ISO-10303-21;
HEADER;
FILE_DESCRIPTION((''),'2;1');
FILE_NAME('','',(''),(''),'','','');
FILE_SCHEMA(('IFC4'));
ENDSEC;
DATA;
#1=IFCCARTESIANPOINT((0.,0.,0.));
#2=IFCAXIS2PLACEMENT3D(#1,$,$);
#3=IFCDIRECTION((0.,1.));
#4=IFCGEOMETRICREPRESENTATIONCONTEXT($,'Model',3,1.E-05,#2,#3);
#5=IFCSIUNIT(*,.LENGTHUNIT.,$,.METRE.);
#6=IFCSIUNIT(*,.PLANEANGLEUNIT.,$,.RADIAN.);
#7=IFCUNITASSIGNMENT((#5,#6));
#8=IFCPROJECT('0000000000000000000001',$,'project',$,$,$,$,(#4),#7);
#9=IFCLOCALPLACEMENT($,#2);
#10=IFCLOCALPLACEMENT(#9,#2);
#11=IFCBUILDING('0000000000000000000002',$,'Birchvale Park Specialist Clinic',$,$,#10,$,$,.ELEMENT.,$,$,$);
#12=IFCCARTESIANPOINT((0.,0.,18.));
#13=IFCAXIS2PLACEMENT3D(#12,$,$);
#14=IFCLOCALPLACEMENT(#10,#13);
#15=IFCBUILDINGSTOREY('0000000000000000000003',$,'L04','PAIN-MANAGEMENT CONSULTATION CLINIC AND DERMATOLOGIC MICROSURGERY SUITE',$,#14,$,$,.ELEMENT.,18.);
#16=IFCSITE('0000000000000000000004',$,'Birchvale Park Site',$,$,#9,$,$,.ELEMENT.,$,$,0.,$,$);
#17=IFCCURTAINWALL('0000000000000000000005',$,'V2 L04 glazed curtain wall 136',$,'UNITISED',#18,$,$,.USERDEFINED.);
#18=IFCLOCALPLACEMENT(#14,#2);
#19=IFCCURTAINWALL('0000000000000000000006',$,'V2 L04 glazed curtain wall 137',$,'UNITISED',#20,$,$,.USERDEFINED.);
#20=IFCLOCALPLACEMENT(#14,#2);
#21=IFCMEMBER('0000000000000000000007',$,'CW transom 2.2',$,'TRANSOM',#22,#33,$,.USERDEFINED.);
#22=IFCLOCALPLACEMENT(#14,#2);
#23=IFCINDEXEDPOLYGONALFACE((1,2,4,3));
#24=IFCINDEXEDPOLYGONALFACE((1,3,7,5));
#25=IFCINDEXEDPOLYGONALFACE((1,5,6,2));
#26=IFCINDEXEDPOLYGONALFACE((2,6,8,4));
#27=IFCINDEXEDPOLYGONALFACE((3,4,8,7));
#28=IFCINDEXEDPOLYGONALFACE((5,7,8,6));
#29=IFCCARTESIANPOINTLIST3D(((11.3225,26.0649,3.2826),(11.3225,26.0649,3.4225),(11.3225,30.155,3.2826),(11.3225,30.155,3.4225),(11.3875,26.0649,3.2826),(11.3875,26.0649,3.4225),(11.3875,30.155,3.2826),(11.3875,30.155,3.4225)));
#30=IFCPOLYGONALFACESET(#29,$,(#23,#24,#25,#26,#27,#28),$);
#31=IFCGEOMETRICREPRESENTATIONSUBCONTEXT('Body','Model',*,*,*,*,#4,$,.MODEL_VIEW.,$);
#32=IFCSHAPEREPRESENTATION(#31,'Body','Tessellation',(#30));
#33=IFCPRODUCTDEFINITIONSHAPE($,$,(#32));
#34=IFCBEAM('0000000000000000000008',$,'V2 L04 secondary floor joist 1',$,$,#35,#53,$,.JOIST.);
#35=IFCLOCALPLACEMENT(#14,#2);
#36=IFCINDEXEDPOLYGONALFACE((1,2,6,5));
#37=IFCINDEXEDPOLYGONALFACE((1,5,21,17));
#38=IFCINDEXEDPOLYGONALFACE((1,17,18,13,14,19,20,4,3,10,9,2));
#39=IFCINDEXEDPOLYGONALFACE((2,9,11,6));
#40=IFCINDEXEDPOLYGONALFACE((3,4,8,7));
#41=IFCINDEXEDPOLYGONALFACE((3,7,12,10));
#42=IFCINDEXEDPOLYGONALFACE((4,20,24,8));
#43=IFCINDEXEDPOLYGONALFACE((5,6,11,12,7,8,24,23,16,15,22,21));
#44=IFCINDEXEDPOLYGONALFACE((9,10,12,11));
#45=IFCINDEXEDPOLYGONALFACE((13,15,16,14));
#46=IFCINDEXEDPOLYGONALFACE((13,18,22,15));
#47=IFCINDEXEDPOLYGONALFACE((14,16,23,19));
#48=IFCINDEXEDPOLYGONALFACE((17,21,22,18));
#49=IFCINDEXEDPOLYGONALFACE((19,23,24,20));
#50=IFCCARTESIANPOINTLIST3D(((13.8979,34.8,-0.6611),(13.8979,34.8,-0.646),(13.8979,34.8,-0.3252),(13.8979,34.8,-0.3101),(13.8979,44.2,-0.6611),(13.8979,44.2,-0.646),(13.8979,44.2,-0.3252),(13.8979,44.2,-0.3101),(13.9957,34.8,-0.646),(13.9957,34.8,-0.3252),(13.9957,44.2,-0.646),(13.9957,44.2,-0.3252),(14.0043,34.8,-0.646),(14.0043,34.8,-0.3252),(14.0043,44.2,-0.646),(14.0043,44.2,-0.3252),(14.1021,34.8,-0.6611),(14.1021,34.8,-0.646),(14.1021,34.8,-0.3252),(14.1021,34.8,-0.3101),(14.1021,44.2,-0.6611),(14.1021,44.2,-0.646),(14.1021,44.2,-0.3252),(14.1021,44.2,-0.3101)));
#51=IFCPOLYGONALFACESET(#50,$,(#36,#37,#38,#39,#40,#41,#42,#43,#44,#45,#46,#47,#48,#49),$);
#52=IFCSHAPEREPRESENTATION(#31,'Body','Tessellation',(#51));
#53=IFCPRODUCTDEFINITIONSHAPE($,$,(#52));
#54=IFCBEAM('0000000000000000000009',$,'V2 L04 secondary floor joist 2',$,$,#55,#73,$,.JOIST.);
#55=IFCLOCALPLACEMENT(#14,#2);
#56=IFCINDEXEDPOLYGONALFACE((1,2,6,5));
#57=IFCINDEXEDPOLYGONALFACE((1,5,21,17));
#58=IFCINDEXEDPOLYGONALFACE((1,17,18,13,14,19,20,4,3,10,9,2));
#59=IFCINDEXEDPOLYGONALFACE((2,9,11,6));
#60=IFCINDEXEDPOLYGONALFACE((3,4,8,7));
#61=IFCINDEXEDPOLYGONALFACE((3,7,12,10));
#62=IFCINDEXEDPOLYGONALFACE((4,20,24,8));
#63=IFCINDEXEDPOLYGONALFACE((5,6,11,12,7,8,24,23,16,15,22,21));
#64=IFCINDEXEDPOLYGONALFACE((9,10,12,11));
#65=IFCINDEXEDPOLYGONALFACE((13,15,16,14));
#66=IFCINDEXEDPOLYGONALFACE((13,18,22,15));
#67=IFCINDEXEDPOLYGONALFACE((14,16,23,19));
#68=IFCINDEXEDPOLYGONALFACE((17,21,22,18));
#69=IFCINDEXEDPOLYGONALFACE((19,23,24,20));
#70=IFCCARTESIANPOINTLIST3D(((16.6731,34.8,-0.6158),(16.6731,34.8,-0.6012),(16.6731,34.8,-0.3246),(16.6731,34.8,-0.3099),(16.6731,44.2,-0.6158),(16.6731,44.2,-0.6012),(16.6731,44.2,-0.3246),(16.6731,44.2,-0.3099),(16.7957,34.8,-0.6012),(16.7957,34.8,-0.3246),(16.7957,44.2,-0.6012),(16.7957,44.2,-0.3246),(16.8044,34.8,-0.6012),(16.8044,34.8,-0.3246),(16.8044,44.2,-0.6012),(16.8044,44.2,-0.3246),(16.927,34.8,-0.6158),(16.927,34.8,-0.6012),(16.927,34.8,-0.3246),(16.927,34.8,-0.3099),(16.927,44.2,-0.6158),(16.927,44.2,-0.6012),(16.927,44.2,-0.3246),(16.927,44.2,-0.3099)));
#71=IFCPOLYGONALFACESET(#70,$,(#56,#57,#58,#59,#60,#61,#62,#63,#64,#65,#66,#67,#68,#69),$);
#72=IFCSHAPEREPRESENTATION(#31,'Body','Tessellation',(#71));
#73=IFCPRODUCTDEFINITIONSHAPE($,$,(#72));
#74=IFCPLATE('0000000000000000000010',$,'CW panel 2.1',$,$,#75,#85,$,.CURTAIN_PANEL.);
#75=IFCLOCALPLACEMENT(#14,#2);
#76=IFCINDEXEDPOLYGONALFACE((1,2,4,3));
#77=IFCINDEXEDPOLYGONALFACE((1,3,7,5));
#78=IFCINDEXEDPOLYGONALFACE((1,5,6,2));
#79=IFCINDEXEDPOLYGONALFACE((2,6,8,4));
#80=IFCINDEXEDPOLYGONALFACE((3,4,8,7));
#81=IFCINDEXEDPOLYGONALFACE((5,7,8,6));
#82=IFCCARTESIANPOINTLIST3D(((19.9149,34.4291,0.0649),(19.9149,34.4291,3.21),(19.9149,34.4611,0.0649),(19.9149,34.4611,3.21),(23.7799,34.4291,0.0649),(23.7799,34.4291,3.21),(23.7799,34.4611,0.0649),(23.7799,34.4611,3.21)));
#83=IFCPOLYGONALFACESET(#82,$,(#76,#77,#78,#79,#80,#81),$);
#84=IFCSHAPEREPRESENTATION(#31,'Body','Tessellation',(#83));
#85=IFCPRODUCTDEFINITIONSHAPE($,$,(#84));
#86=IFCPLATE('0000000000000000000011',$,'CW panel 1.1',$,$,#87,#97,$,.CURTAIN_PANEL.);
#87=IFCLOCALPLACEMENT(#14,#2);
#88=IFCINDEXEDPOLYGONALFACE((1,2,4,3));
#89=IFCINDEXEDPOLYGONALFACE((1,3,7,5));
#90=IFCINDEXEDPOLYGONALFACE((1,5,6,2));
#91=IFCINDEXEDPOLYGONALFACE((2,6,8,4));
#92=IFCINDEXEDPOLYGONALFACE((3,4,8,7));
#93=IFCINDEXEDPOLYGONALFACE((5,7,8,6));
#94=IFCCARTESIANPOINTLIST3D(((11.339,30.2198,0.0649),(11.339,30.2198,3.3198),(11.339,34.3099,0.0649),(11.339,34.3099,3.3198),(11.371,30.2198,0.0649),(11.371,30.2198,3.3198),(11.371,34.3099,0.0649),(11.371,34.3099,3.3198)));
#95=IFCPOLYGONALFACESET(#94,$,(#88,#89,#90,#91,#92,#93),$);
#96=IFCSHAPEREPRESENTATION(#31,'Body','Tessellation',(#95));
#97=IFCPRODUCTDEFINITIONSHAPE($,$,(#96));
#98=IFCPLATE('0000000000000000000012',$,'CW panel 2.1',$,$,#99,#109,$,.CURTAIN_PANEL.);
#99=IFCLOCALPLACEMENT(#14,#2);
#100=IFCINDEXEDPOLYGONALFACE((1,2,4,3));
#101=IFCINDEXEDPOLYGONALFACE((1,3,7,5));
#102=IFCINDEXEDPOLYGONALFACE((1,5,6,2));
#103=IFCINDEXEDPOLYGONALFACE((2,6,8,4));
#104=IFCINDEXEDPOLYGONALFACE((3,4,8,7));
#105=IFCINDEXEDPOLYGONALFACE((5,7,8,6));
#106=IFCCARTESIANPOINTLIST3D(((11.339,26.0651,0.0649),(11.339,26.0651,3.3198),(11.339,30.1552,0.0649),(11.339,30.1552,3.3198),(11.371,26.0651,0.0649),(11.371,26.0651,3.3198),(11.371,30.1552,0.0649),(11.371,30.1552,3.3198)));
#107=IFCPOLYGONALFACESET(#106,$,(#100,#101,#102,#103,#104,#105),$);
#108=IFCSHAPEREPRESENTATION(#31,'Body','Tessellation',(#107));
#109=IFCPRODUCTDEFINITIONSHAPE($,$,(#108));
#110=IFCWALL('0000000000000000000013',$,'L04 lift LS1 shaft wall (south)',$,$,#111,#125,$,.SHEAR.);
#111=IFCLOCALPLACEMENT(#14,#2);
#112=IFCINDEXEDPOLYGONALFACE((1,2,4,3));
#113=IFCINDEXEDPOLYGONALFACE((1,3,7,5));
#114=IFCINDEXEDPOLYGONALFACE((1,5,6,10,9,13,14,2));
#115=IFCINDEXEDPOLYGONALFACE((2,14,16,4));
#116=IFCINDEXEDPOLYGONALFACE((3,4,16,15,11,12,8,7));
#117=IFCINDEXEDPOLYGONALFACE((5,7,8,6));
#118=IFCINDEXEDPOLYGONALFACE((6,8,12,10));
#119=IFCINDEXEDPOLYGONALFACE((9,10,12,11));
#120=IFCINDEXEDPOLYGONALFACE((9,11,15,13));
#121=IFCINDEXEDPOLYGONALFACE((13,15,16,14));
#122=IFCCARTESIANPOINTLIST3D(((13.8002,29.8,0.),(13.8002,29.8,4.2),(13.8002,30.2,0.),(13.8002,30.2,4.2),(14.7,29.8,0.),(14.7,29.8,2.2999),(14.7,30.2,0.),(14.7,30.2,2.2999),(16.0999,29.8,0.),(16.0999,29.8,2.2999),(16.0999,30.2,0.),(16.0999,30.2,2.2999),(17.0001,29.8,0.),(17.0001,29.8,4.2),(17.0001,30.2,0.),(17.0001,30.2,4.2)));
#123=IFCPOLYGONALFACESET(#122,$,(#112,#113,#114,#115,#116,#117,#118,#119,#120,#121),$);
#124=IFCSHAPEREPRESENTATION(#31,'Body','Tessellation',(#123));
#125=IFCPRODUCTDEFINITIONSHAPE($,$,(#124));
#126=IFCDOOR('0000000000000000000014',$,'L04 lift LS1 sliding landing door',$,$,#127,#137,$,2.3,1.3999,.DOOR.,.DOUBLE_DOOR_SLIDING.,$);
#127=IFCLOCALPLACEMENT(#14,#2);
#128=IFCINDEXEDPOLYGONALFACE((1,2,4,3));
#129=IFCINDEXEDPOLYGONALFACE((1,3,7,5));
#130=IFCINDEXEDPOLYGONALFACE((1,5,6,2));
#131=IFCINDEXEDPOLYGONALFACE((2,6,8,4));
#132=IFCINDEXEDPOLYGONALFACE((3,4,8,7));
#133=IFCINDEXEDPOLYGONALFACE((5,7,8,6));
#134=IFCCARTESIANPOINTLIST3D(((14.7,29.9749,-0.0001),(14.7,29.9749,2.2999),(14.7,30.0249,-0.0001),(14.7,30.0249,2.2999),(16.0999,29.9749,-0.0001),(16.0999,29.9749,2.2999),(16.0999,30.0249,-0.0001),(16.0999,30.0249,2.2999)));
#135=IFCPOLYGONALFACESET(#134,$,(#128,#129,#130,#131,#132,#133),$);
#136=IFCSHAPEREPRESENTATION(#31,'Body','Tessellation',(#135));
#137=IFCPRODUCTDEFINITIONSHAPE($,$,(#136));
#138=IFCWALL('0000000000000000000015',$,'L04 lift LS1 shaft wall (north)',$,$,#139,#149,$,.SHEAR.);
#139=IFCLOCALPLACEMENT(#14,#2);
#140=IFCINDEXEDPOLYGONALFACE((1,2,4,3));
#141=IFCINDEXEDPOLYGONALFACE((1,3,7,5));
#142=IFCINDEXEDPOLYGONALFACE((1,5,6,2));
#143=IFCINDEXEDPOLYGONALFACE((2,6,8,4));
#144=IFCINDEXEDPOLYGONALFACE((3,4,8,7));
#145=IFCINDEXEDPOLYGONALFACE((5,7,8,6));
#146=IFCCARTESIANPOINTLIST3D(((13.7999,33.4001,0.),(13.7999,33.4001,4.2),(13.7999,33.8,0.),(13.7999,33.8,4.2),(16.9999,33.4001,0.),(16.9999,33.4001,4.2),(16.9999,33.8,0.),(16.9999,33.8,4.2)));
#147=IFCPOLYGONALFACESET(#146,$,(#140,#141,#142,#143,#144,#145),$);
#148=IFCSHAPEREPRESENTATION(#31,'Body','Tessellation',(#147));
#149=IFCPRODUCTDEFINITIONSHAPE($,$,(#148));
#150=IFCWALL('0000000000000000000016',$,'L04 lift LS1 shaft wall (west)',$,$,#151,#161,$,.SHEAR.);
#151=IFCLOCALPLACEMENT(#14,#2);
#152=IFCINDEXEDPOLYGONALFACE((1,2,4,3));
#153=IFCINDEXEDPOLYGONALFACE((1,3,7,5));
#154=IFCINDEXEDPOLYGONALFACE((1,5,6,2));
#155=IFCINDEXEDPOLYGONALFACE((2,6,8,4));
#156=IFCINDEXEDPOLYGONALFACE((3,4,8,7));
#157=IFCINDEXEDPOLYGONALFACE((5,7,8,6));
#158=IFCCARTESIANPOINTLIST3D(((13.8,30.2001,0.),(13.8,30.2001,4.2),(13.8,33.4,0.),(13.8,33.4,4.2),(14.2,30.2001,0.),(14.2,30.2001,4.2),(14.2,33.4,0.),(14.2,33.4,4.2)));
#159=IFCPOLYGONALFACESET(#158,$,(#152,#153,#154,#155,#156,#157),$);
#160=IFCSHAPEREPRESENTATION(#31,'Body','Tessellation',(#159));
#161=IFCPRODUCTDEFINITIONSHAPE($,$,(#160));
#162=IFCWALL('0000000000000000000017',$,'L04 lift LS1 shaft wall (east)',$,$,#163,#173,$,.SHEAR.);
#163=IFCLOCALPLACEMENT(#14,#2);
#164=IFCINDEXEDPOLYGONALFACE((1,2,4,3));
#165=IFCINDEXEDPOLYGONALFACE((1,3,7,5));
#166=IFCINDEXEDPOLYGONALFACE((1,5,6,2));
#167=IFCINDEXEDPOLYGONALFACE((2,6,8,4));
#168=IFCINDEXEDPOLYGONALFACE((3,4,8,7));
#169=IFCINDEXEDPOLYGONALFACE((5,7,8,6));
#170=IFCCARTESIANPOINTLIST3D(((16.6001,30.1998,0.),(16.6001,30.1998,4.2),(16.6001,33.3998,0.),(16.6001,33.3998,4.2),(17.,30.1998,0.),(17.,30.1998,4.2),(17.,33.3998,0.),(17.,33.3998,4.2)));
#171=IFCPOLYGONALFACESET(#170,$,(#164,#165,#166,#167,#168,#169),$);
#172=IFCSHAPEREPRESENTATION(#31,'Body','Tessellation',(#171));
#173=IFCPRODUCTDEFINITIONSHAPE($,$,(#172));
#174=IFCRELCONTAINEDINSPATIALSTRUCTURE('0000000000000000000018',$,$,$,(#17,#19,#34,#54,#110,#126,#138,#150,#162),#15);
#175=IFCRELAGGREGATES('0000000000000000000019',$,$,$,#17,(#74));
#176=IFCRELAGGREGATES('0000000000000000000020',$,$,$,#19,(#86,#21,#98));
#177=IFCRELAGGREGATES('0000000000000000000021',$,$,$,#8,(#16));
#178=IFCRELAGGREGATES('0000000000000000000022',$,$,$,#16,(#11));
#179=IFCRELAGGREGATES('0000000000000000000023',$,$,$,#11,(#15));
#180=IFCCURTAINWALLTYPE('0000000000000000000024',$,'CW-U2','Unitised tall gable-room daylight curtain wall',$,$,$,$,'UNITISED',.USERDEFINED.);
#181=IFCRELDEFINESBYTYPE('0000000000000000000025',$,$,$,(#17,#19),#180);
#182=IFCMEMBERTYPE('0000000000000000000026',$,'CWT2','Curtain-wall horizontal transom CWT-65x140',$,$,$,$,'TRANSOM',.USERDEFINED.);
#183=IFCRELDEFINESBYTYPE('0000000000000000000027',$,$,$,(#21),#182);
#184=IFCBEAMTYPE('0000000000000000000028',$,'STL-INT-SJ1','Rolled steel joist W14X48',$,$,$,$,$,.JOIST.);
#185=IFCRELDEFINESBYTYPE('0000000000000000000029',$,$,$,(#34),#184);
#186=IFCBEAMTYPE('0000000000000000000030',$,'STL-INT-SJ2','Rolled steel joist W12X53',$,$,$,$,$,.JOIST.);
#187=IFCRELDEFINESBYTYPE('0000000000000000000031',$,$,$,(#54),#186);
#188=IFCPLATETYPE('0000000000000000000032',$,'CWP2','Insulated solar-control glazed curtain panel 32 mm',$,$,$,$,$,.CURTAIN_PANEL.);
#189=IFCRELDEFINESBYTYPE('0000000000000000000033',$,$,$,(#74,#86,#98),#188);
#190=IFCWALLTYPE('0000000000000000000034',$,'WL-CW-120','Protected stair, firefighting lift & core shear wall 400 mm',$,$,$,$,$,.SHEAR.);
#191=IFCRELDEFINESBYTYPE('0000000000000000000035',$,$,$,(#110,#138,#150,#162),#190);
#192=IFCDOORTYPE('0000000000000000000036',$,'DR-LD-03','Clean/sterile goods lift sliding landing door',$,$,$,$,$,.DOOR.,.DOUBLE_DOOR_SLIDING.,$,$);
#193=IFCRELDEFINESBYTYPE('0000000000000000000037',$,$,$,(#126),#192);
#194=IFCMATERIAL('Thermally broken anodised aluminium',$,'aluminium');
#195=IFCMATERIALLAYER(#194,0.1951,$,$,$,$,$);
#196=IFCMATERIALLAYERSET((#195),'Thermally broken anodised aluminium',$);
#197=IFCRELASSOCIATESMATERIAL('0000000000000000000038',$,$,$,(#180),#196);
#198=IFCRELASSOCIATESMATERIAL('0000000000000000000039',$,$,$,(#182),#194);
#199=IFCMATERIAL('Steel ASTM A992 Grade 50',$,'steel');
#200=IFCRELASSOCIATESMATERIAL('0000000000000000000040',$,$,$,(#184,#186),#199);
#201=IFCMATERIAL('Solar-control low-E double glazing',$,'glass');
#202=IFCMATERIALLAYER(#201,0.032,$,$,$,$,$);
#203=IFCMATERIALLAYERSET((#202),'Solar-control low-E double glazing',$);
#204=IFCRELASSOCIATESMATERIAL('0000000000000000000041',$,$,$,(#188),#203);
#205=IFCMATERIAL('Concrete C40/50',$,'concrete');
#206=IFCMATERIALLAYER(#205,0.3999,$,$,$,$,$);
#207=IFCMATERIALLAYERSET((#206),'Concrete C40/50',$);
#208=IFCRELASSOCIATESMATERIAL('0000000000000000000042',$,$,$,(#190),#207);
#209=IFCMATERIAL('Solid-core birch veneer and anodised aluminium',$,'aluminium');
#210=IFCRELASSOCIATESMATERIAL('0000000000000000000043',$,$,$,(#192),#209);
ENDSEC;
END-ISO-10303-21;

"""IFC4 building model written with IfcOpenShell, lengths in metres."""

from ifc_helpers import new_model, si_unit, direction, frame, frame_2d, origin, origin_2d, place, context, subcontext, project, spatial, rectangle, i_section, extrude, material, layer, layer_set, material_profile, profile_set, type_object, element, fill, aggregate, save


model = new_model("IFC4")

# Units and contexts
model_context = context("Model", 3, precision=1e-05, world=origin(), true_north=direction((0.0, 1.0)))
body_context = subcontext(model_context, "Body", "Model", "MODEL_VIEW")
ifc_project = project(units=[si_unit("LENGTHUNIT", "METRE"), si_unit("PLANEANGLEUNIT", "RADIAN")], contexts=[model_context])

# Site, building, storey
site_placement = place(None, origin())
site = spatial("IfcSite", under=ifc_project, at=site_placement, Name="Birchvale Park Site", CompositionType="ELEMENT", RefElevation=0.0)
building_placement = place(site_placement, origin())
building = spatial("IfcBuilding", under=site, at=building_placement, Name="Birchvale Park Specialist Clinic", CompositionType="ELEMENT")
storey_placement = place(building_placement, frame((0.0, 0.0, 18.0)))
storey = spatial("IfcBuildingStorey", under=building, at=storey_placement, Name="L04", Description="PAIN-MANAGEMENT CONSULTATION CLINIC AND DERMATOLOGIC MICROSURGERY SUITE", CompositionType="ELEMENT", Elevation=18.0)

# Shared definitions
ifc_material_1 = material(Name="Concrete C40/50", Category="concrete")

# Curtain wall
ifc_material_2 = material(Name="Thermally broken anodised aluminium", Category="aluminium")
ifc_layer_1 = layer(ifc_material_2, 0.1951)
ifc_layer_set_1 = layer_set([ifc_layer_1], Name="Thermally broken anodised aluminium")
curtain_wall_type = type_object("IfcCurtainWallType", Name="CW-U2", Description="Unitised tall gable-room daylight curtain wall", ElementType="UNITISED", PredefinedType="USERDEFINED", material=ifc_layer_set_1)
curtain_wall_1_placement = place(storey_placement, origin())
curtain_wall_1 = element("IfcCurtainWall", 1, at=curtain_wall_1_placement, inside=storey, type_object=curtain_wall_type, Name="V2 L04 glazed curtain wall 136", ObjectType="UNITISED", PredefinedType="USERDEFINED")

# Curtain wall, member
curtain_wall_2_placement = place(storey_placement, origin())
curtain_wall_2 = element("IfcCurtainWall", 2, at=curtain_wall_2_placement, inside=storey, type_object=curtain_wall_type, Name="V2 L04 glazed curtain wall 137", ObjectType="UNITISED", PredefinedType="USERDEFINED")
ifc_material_profile_1 = material_profile(ifc_material_2, rectangle(XDim=0.0649, YDim=0.1399, at=origin_2d()), Name="CWT-65x140")
ifc_profile_set_1 = profile_set([ifc_material_profile_1], Name="Thermally broken anodised aluminium")
member_type_1 = type_object("IfcMemberType", Name="CWT2", Description="Curtain-wall horizontal transom CWT-65x140", ElementType="TRANSOM", PredefinedType="USERDEFINED", material=ifc_profile_set_1)
member_1_placement = place(storey_placement, frame((11.355, 30.155, 3.3525), z_axis=(0.0, -1.0, 0.0), x_axis=(1.0, 0.0, 0.0)))
member_1 = element("IfcMember", 3, at=member_1_placement, type_object=member_type_1, Name="CW transom 2.2", ObjectType="TRANSOM", PredefinedType="USERDEFINED", context=body_context, shape_type="SweptSolid", body=[
    extrude(rectangle(XDim=0.0649, YDim=0.1399, at=origin_2d()), origin(), (0.0, 0.0, 1.0), 4.0901),
])

# Beams
ifc_material_3 = material(Name="Steel ASTM A992 Grade 50", Category="steel")
ifc_material_profile_2 = material_profile(ifc_material_3, i_section(OverallWidth=0.2041, OverallDepth=0.3511, WebThickness=0.0085, FlangeThickness=0.0151, at=origin_2d()), Name="W14X48")
ifc_profile_set_2 = profile_set([ifc_material_profile_2], Name="Steel ASTM A992 Grade 50")
beam_type_1 = type_object("IfcBeamType", Name="STL-INT-SJ1", Description="Rolled steel joist W14X48", PredefinedType="JOIST", material=ifc_profile_set_2)
beam_1_placement = place(storey_placement, frame((14.0, 34.8, -0.4856), z_axis=(0.0, 1.0, 0.0), x_axis=(-1.0, 0.0, 0.0)))
element("IfcBeam", 4, at=beam_1_placement, inside=storey, type_object=beam_type_1, Name="V2 L04 secondary floor joist 1", PredefinedType="JOIST", context=body_context, shape_type="SweptSolid", body=[
    extrude(i_section(OverallWidth=0.2041, OverallDepth=0.3511, WebThickness=0.0085, FlangeThickness=0.0151, at=origin_2d()), origin(), (0.0, 0.0, 1.0), 9.3999),
])
ifc_material_profile_3 = material_profile(ifc_material_3, i_section(OverallWidth=0.2539, OverallDepth=0.3059, WebThickness=0.0088, FlangeThickness=0.0146, at=origin_2d()), Name="W12X53")
ifc_profile_set_3 = profile_set([ifc_material_profile_3], Name="Steel ASTM A992 Grade 50")
beam_type_2 = type_object("IfcBeamType", Name="STL-INT-SJ2", Description="Rolled steel joist W12X53", PredefinedType="JOIST", material=ifc_profile_set_3)
beam_2_placement = place(storey_placement, frame((16.8, 34.8, -0.4629), z_axis=(0.0, 1.0, 0.0), x_axis=(-1.0, 0.0, 0.0)))
element("IfcBeam", 5, at=beam_2_placement, inside=storey, type_object=beam_type_2, Name="V2 L04 secondary floor joist 2", PredefinedType="JOIST", context=body_context, shape_type="SweptSolid", body=[
    extrude(i_section(OverallWidth=0.2539, OverallDepth=0.3059, WebThickness=0.0088, FlangeThickness=0.0146, at=origin_2d()), origin(), (0.0, 0.0, 1.0), 9.3999),
])

# Plates
ifc_material_4 = material(Name="Solar-control low-E double glazing", Category="glass")
ifc_layer_2 = layer(ifc_material_4, 0.032)
ifc_layer_set_2 = layer_set([ifc_layer_2], Name="Solar-control low-E double glazing")
plate_type = type_object("IfcPlateType", Name="CWP2", Description="Insulated solar-control glazed curtain panel 32 mm", PredefinedType="CURTAIN_PANEL", material=ifc_layer_set_2)
plate_1_placement = place(storey_placement, frame((21.8474, 34.4451, 0.0649), z_axis=(0.0, 0.0, 1.0), x_axis=(-1.0, 0.0, 0.0)))
plate_1 = element("IfcPlate", 6, at=plate_1_placement, type_object=plate_type, Name="CW panel 2.1", PredefinedType="CURTAIN_PANEL", context=body_context, shape_type="SweptSolid", body=[
    extrude(rectangle(XDim=3.865, YDim=0.032, at=origin_2d()), origin(), (0.0, 0.0, 1.0), 3.145),
])
aggregate(curtain_wall_1, [plate_1])
plate_2_placement = place(storey_placement, frame((11.355, 32.2649, 0.0649), z_axis=(0.0, 0.0, 1.0), x_axis=(0.0, -1.0, 0.0)))
plate_2 = element("IfcPlate", 7, at=plate_2_placement, type_object=plate_type, Name="CW panel 1.1", PredefinedType="CURTAIN_PANEL", context=body_context, shape_type="SweptSolid", body=[
    extrude(rectangle(XDim=4.0901, YDim=0.032, at=origin_2d()), origin(), (0.0, 0.0, 1.0), 3.2549),
])
plate_3_placement = place(storey_placement, frame((11.355, 28.1101, 0.0649), z_axis=(0.0, 0.0, 1.0), x_axis=(0.0, -1.0, 0.0)))
plate_3 = element("IfcPlate", 8, at=plate_3_placement, type_object=plate_type, Name="CW panel 2.1", PredefinedType="CURTAIN_PANEL", context=body_context, shape_type="SweptSolid", body=[
    extrude(rectangle(XDim=4.0901, YDim=0.032, at=origin_2d()), origin(), (0.0, 0.0, 1.0), 3.2549),
])
aggregate(curtain_wall_2, [plate_2, member_1, plate_3])

# Wall, opening, door
ifc_layer_3 = layer(ifc_material_1, 0.3999)
ifc_layer_set_3 = layer_set([ifc_layer_3], Name="Concrete C40/50")
wall_type_1 = type_object("IfcWallType", Name="WL-CW-120", Description="Protected stair, firefighting lift & core shear wall 400 mm", PredefinedType="SHEAR", material=ifc_layer_set_3)
wall_1_placement = place(storey_placement, frame((13.8, 30.0, 0.0), z_axis=(0.0, 0.0, 1.0), x_axis=(1.0, 0.0, 0.0)))
wall_1 = element("IfcWall", 9, at=wall_1_placement, inside=storey, type_object=wall_type_1, Name="L04 lift LS1 shaft wall (south)", PredefinedType="SHEAR", context=body_context, shape_type="SweptSolid", body=[
    extrude(rectangle(XDim=3.2, YDim=0.3999, at=frame_2d((1.6001, 0.0))), origin(), (0.0, 0.0, 1.0), 4.2),
])
opening_1_placement = place(wall_1_placement, frame((0.8999, 0.0, 0.0)))
opening_1 = element("IfcOpeningElement", 10, at=opening_1_placement, cuts=wall_1, PredefinedType="OPENING", context=body_context, shape_type="SweptSolid", body=[
    extrude(rectangle(XDim=1.3999, YDim=2.3, at=frame_2d((0.7, 1.1499))), frame((0.0, 0.21, 0.0), z_axis=(0.0, -1.0, 0.0), x_axis=(1.0, 0.0, 0.0)), (0.0, 0.0, 1.0), 0.4199),
])
ifc_material_5 = material(Name="Solid-core birch veneer and anodised aluminium", Category="aluminium")
door_type = type_object("IfcDoorType", Name="DR-LD-03", Description="Clean/sterile goods lift sliding landing door", OperationType="DOUBLE_DOOR_SLIDING", PredefinedType="DOOR", material=ifc_material_5)
door_placement = place(opening_1_placement, origin())
door = element("IfcDoor", 11, at=door_placement, inside=storey, type_object=door_type, Name="L04 lift LS1 sliding landing door", OperationType="DOUBLE_DOOR_SLIDING", OverallHeight=2.3, OverallWidth=1.3999, PredefinedType="DOOR", context=body_context, shape_type="SweptSolid", body=[
    extrude(rectangle(XDim=1.3999, YDim=2.3, at=frame_2d((0.7, 1.1499))), frame((0.0, 0.0249, 0.0), z_axis=(0.0, -1.0, 0.0), x_axis=(1.0, 0.0, 0.0)), (0.0, 0.0, 1.0), 0.05),
])
fill(opening_1, door)

# Walls
for number, where, z_axis, x_axis, name in (
    (12, (17.0, 33.6001, 0.0), (0.0, 0.0, 1.0), (-1.0, 0.0, 0.0), "L04 lift LS1 shaft wall (north)"),
    (13, (14.0, 30.2, 0.0), (0.0, 0.0, 1.0), (0.0, 1.0, 0.0), "L04 lift LS1 shaft wall (west)"),
    (14, (16.8, 33.3999, 0.0), (0.0, 0.0, 1.0), (0.0, -1.0, 0.0), "L04 lift LS1 shaft wall (east)"),
):
    element("IfcWall", number, at=place(storey_placement, frame(where, z_axis=z_axis, x_axis=x_axis)), inside=storey, type_object=wall_type_1, Name=name, PredefinedType="SHEAR", context=body_context, shape_type="SweptSolid", body=[
        extrude(rectangle(XDim=3.2, YDim=0.3999, at=frame_2d((1.6001, 0.0))), origin(), (0.0, 0.0, 1.0), 4.2),
    ])

save(model, "model.ifc")
